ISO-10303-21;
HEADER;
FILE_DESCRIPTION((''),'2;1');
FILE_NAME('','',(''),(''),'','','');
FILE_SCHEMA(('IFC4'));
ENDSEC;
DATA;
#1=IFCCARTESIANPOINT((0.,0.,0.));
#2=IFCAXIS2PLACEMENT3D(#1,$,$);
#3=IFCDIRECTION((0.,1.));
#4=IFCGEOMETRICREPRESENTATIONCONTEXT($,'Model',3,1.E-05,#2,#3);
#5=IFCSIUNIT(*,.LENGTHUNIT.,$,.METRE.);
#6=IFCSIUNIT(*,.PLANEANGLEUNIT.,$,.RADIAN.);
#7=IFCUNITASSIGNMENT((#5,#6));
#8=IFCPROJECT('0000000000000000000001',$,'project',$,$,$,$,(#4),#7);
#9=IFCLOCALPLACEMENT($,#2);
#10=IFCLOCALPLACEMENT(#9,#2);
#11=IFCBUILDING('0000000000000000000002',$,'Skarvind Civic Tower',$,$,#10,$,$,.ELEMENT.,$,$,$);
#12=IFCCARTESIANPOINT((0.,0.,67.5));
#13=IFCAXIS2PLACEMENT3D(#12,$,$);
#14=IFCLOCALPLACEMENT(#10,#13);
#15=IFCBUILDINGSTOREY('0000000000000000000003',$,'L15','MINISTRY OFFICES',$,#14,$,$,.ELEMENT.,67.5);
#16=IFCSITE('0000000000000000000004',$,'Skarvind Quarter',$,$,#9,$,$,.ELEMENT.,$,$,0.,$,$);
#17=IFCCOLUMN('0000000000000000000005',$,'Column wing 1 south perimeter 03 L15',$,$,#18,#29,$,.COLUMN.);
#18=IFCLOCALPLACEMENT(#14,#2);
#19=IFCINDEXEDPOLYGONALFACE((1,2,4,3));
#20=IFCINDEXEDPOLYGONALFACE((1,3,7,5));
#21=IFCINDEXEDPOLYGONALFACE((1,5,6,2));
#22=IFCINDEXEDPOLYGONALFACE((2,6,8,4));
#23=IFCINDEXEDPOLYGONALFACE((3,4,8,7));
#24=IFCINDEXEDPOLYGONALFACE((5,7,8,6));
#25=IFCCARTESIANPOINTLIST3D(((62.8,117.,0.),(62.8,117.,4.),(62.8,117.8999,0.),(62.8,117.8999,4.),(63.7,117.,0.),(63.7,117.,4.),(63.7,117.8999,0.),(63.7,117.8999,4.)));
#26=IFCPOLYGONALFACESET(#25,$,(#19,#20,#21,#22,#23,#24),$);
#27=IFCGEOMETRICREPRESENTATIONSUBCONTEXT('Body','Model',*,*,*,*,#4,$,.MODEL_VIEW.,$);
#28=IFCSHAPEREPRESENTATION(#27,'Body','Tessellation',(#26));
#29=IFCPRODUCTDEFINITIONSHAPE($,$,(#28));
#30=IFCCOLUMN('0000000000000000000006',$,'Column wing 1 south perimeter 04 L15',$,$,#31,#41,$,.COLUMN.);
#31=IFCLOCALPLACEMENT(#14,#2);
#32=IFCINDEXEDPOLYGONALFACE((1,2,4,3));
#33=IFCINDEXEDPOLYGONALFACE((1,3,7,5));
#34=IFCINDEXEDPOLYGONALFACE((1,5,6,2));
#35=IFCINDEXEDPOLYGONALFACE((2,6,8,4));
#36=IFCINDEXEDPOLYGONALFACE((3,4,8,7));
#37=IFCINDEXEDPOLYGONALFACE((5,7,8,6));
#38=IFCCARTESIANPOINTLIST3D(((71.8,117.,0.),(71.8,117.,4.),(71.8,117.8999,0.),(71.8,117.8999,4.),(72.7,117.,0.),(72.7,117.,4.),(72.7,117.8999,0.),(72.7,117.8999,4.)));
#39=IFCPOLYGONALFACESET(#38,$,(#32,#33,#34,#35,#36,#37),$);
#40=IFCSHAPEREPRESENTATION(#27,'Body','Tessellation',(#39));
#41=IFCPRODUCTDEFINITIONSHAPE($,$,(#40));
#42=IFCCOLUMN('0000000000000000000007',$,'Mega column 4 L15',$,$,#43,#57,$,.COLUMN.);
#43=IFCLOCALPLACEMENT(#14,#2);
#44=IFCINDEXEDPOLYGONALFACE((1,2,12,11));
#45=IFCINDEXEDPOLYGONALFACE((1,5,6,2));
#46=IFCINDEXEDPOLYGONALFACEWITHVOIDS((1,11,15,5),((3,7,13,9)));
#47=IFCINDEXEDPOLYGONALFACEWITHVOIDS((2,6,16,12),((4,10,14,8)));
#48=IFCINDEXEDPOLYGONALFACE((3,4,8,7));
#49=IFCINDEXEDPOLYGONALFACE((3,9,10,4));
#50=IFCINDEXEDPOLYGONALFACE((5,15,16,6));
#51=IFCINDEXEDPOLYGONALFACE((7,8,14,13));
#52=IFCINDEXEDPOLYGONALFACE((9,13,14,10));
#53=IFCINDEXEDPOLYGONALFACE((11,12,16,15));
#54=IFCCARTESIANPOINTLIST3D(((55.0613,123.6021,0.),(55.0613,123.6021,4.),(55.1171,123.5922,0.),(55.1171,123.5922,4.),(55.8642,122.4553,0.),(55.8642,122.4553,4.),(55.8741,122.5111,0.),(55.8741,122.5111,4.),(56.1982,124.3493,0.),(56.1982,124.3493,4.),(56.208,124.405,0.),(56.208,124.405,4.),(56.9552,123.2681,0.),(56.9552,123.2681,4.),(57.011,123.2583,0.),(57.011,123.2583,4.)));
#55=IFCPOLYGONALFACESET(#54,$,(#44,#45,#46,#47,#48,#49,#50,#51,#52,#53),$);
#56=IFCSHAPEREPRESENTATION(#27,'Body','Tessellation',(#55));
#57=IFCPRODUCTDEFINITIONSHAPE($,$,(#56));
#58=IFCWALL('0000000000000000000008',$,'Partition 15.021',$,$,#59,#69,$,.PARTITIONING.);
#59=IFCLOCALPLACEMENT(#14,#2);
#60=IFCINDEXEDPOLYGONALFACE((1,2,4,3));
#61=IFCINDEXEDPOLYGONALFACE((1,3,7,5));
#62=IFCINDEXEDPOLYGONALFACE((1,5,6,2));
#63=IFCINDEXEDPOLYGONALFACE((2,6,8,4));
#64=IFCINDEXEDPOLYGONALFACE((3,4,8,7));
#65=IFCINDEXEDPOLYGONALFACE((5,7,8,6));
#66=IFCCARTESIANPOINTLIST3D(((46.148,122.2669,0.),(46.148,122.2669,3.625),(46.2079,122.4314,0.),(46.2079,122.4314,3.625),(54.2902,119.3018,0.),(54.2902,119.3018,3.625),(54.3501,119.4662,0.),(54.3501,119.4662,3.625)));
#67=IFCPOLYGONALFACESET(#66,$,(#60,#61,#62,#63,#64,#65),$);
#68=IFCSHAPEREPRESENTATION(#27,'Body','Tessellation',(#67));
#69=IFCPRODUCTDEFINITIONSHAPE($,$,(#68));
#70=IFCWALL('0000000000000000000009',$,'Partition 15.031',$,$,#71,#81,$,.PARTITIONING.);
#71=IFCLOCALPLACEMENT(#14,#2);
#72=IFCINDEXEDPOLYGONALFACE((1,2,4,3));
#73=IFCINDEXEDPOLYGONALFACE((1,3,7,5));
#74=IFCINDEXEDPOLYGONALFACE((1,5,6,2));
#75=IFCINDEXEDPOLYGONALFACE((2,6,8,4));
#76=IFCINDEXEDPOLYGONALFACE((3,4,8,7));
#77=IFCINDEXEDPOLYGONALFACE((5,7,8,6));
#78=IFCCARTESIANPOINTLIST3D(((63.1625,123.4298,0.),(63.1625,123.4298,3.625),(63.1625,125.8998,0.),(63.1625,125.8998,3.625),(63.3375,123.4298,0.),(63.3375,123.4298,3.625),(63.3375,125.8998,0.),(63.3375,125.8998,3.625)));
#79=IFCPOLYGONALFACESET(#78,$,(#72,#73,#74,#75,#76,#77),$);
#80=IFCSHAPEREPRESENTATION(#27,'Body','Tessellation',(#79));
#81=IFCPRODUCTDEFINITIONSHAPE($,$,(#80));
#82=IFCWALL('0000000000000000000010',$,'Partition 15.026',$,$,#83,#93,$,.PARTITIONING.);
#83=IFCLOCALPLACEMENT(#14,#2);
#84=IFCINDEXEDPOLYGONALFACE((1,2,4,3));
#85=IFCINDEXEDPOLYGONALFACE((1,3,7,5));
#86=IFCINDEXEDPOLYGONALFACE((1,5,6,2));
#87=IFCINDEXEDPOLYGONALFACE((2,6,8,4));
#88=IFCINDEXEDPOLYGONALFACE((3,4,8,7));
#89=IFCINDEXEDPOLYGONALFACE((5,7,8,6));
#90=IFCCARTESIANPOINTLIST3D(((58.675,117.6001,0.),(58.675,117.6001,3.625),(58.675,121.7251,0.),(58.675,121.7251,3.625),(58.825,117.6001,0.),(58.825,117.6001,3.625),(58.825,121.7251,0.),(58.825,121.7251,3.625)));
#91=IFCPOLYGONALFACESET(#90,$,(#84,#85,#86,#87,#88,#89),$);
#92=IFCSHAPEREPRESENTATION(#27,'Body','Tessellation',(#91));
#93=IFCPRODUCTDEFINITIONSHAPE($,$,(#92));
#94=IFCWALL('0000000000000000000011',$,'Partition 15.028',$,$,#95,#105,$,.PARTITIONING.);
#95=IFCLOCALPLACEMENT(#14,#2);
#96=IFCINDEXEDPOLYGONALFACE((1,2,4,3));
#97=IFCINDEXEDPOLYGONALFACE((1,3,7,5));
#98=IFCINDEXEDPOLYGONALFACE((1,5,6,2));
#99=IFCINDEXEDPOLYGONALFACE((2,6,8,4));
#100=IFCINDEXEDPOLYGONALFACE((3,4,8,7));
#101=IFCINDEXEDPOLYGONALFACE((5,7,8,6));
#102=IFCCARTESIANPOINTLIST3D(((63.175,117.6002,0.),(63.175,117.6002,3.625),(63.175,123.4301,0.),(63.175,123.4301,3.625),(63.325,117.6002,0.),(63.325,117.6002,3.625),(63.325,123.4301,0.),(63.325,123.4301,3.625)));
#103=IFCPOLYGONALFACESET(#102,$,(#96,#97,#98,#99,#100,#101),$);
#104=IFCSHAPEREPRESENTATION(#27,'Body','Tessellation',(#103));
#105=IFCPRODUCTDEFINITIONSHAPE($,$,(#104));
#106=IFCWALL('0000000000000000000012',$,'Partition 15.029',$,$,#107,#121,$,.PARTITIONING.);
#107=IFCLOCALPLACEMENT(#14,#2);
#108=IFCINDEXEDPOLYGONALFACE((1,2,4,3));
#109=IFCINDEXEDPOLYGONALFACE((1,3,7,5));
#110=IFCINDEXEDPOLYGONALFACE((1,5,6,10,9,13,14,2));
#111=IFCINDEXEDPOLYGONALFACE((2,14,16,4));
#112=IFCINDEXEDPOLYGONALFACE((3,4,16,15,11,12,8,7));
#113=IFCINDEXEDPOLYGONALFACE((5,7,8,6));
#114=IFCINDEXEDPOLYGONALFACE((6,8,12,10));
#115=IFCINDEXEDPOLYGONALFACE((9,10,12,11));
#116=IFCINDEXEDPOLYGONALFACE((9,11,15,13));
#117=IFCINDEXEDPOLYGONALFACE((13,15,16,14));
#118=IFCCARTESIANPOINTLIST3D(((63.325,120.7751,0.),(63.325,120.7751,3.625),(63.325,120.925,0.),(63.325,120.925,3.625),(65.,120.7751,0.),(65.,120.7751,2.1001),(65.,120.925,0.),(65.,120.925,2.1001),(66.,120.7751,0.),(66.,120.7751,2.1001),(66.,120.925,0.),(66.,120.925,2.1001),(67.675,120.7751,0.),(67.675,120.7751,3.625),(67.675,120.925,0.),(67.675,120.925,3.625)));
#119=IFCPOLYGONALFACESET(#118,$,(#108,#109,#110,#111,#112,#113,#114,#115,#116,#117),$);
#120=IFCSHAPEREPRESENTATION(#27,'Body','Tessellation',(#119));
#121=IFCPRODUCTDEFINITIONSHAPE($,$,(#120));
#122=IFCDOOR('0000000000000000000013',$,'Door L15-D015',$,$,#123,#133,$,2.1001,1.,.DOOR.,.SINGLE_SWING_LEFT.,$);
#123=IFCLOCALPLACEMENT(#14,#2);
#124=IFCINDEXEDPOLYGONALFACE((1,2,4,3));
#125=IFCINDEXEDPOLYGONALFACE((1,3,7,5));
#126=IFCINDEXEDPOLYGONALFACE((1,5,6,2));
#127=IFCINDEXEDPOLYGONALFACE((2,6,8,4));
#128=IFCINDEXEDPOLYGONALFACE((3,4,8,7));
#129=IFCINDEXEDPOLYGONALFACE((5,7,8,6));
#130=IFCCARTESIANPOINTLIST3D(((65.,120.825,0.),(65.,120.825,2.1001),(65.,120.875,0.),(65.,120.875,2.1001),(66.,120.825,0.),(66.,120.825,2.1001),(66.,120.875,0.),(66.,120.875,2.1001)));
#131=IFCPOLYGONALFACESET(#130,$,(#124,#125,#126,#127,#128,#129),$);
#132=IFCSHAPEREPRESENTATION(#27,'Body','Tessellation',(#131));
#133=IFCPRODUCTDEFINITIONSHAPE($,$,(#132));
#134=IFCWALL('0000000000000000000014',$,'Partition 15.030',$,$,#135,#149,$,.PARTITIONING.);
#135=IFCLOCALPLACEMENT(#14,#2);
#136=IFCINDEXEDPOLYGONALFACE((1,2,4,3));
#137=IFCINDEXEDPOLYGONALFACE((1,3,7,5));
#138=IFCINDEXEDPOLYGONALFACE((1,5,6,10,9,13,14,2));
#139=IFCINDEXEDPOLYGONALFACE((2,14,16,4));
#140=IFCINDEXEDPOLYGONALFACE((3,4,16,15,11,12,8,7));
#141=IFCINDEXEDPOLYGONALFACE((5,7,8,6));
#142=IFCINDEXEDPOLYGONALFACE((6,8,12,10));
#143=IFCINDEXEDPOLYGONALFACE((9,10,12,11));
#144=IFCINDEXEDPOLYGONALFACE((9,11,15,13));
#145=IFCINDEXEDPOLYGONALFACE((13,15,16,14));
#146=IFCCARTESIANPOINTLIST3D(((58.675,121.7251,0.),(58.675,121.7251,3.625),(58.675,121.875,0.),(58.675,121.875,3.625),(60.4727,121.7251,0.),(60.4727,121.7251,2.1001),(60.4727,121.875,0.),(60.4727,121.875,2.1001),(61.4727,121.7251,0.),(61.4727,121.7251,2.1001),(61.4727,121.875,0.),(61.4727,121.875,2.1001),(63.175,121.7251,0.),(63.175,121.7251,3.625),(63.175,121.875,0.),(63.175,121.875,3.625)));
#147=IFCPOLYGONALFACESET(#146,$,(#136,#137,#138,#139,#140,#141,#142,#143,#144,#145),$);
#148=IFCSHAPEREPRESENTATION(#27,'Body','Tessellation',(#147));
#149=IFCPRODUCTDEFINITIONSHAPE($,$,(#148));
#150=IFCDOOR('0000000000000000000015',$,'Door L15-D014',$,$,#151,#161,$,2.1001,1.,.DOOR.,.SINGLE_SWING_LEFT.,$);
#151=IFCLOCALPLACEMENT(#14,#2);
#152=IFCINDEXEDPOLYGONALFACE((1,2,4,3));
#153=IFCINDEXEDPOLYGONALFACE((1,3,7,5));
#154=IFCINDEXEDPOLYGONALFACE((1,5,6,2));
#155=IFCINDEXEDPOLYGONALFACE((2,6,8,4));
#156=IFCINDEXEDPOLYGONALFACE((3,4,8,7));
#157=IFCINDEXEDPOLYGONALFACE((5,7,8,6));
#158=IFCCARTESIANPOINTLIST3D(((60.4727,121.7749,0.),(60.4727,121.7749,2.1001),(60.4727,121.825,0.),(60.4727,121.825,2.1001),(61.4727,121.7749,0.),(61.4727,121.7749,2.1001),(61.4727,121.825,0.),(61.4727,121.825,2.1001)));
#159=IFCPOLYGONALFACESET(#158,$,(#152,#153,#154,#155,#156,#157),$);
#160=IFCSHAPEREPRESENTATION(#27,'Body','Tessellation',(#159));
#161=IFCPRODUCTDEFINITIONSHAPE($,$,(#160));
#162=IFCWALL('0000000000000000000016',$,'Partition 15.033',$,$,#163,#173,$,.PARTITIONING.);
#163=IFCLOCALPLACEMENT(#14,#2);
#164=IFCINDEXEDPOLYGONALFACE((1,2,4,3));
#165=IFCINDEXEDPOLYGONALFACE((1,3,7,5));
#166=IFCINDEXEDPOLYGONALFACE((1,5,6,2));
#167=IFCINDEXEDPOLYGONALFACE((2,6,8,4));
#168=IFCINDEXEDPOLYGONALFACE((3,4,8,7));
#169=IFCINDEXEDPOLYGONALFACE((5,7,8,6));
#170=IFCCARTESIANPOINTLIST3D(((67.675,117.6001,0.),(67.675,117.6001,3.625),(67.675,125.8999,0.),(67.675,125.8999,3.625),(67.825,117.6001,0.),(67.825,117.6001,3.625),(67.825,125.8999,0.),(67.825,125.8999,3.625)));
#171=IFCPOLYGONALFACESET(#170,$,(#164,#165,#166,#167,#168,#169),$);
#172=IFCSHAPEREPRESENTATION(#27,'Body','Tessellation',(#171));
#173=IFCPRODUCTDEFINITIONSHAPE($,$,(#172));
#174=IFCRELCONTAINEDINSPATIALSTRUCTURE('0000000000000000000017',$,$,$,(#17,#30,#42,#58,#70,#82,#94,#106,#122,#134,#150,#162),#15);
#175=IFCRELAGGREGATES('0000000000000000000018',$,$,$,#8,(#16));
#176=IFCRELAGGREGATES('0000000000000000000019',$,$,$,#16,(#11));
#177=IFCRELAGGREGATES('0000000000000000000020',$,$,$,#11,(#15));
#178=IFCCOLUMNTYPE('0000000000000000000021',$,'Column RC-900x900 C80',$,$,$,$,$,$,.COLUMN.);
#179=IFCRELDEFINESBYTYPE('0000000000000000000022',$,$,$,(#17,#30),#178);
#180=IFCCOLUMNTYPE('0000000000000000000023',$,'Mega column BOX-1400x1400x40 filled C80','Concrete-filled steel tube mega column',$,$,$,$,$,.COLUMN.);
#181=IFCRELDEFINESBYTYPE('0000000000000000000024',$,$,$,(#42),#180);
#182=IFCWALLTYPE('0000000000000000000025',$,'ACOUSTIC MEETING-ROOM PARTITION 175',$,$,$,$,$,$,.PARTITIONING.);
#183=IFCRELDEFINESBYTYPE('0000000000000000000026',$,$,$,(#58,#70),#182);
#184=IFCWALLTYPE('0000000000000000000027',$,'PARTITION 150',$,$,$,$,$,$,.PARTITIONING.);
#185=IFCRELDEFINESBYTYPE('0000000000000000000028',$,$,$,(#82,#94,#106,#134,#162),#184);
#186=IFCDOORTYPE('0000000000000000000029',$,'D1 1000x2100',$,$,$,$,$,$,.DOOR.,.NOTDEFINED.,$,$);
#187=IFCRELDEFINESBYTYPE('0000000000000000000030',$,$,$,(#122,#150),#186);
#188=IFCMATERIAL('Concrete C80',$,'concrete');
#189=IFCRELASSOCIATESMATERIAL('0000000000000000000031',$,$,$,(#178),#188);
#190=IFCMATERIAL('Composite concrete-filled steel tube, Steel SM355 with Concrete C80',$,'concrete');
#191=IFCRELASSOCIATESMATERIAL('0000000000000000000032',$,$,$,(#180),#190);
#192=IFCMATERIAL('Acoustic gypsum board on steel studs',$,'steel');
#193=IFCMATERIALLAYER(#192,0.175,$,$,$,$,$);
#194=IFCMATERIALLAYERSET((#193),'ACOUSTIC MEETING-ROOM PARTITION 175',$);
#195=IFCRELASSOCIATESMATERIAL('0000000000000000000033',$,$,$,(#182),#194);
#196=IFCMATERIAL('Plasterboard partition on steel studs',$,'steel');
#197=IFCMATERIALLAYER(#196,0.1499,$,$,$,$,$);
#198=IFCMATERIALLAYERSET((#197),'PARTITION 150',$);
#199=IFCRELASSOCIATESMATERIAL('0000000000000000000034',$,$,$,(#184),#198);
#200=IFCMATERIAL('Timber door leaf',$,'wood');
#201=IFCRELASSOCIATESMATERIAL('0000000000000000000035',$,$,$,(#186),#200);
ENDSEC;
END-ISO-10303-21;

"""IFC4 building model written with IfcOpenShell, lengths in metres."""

from ifc_helpers import new_model, si_unit, direction, frame, frame_2d, origin, origin_2d, place, context, subcontext, project, spatial, rectangle, hollow_rectangle, extrude, material, layer, layer_set, material_profile, profile_set, type_object, element, fill, save


model = new_model("IFC4")

# Units and contexts
model_context = context("Model", 3, precision=1e-05, world=origin(), true_north=direction((0.0, 1.0)))
body_context = subcontext(model_context, "Body", "Model", "MODEL_VIEW")
ifc_project = project(units=[si_unit("LENGTHUNIT", "METRE"), si_unit("PLANEANGLEUNIT", "RADIAN")], contexts=[model_context])

# Site, building, storey
site_placement = place(None, origin())
site = spatial("IfcSite", under=ifc_project, at=site_placement, Name="Skarvind Quarter", CompositionType="ELEMENT", RefElevation=0.0)
building_placement = place(site_placement, origin())
building = spatial("IfcBuilding", under=site, at=building_placement, Name="Skarvind Civic Tower", CompositionType="ELEMENT")
storey_placement = place(building_placement, frame((0.0, 0.0, 67.5)))
storey = spatial("IfcBuildingStorey", under=building, at=storey_placement, Name="L15", Description="MINISTRY OFFICES", CompositionType="ELEMENT", Elevation=67.5)

# Columns
ifc_material_1 = material(Name="Concrete C80", Category="concrete")
ifc_material_profile_1 = material_profile(ifc_material_1, rectangle(XDim=0.8999, YDim=0.8999, at=origin_2d()), Name="RC-900x900")
ifc_profile_set_1 = profile_set([ifc_material_profile_1], Name="Concrete C80")
column_type_1 = type_object("IfcColumnType", Name="Column RC-900x900 C80", PredefinedType="COLUMN", material=ifc_profile_set_1)
for number, where, z_axis, x_axis, name in (
    (1, (63.25, 117.45, 0.0), (0.0, 0.0, 1.0), (1.0, 0.0, 0.0), "Column wing 1 south perimeter 03 L15"),
    (2, (72.25, 117.45, 0.0), (0.0, 0.0, 1.0), (1.0, 0.0, 0.0), "Column wing 1 south perimeter 04 L15"),
):
    element("IfcColumn", number, at=place(storey_placement, frame(where, z_axis=z_axis, x_axis=x_axis)), inside=storey, type_object=column_type_1, Name=name, PredefinedType="COLUMN", context=body_context, shape_type="SweptSolid", body=[
        extrude(rectangle(XDim=0.8999, YDim=0.8999, at=origin_2d()), origin(), (0.0, 0.0, 1.0), 4.0),
    ])
ifc_material_2 = material(Name="Composite concrete-filled steel tube, Steel SM355 with Concrete C80", Category="concrete")
ifc_material_profile_2 = material_profile(ifc_material_2, hollow_rectangle(XDim=1.3999, YDim=1.3999, WallThickness=0.04, at=origin_2d()), Name="BOX-1400x1400x40")
ifc_profile_set_2 = profile_set([ifc_material_profile_2], Name="Composite concrete-filled steel tube, Steel SM355 with Concrete C80")
column_type_2 = type_object("IfcColumnType", Name="Mega column BOX-1400x1400x40 filled C80", Description="Concrete-filled steel tube mega column", PredefinedType="COLUMN", material=ifc_profile_set_2)
column_placement = place(storey_placement, frame((56.0361, 123.4302, 0.0), z_axis=(0.0, 0.0, 1.0), x_axis=(0.573576, -0.819152, 0.0)))
element("IfcColumn", 3, at=column_placement, inside=storey, type_object=column_type_2, Name="Mega column 4 L15", PredefinedType="COLUMN", context=body_context, shape_type="SweptSolid", body=[
    extrude(hollow_rectangle(XDim=1.3999, YDim=1.3999, WallThickness=0.04, at=origin_2d()), origin(), (0.0, 0.0, 1.0), 4.0),
])

# Walls
ifc_material_3 = material(Name="Acoustic gypsum board on steel studs", Category="steel")
ifc_layer_1 = layer(ifc_material_3, 0.175)
ifc_layer_set_1 = layer_set([ifc_layer_1], Name="ACOUSTIC MEETING-ROOM PARTITION 175")
wall_type_1 = type_object("IfcWallType", Name="ACOUSTIC MEETING-ROOM PARTITION 175", PredefinedType="PARTITIONING", material=ifc_layer_set_1)
wall_1_placement = place(storey_placement, frame((54.3201, 119.384, 0.0), z_axis=(0.0, 0.0, 1.0), x_axis=(-0.939633, 0.342184, 0.0)))
element("IfcWall", 4, at=wall_1_placement, inside=storey, type_object=wall_type_1, Name="Partition 15.021", PredefinedType="PARTITIONING", context=body_context, shape_type="SweptSolid", body=[
    extrude(rectangle(XDim=8.6653, YDim=0.175, at=frame_2d((4.3325, 0.0))), origin(), (0.0, 0.0, 1.0), 3.625),
])
wall_2_placement = place(storey_placement, frame((63.25, 123.4299, 0.0), z_axis=(0.0, 0.0, 1.0), x_axis=(0.0, 1.0, 0.0)))
element("IfcWall", 5, at=wall_2_placement, inside=storey, type_object=wall_type_1, Name="Partition 15.031", PredefinedType="PARTITIONING", context=body_context, shape_type="SweptSolid", body=[
    extrude(rectangle(XDim=2.47, YDim=0.175, at=frame_2d((1.2349, 0.0))), origin(), (0.0, 0.0, 1.0), 3.625),
])
ifc_material_4 = material(Name="Plasterboard partition on steel studs", Category="steel")
ifc_layer_2 = layer(ifc_material_4, 0.1499)
ifc_layer_set_2 = layer_set([ifc_layer_2], Name="PARTITION 150")
wall_type_2 = type_object("IfcWallType", Name="PARTITION 150", PredefinedType="PARTITIONING", material=ifc_layer_set_2)
wall_3_placement = place(storey_placement, frame((58.75, 117.6001, 0.0), z_axis=(0.0, 0.0, 1.0), x_axis=(0.0, 1.0, 0.0)))
element("IfcWall", 6, at=wall_3_placement, inside=storey, type_object=wall_type_2, Name="Partition 15.026", PredefinedType="PARTITIONING", context=body_context, shape_type="SweptSolid", body=[
    extrude(rectangle(XDim=4.125, YDim=0.1499, at=frame_2d((2.0625, 0.0))), origin(), (0.0, 0.0, 1.0), 3.625),
])
wall_4_placement = place(storey_placement, frame((63.25, 117.6001, 0.0), z_axis=(0.0, 0.0, 1.0), x_axis=(0.0, 1.0, 0.0)))
element("IfcWall", 7, at=wall_4_placement, inside=storey, type_object=wall_type_2, Name="Partition 15.028", PredefinedType="PARTITIONING", context=body_context, shape_type="SweptSolid", body=[
    extrude(rectangle(XDim=5.8298, YDim=0.1499, at=frame_2d((2.915, 0.0))), origin(), (0.0, 0.0, 1.0), 3.625),
])

# Walls, openings, doors
wall_5_placement = place(storey_placement, frame((63.325, 120.8501, 0.0), z_axis=(0.0, 0.0, 1.0), x_axis=(1.0, 0.0, 0.0)))
wall_5 = element("IfcWall", 8, at=wall_5_placement, inside=storey, type_object=wall_type_2, Name="Partition 15.029", PredefinedType="PARTITIONING", context=body_context, shape_type="SweptSolid", body=[
    extrude(rectangle(XDim=4.3501, YDim=0.1499, at=frame_2d((2.175, 0.0))), origin(), (0.0, 0.0, 1.0), 3.625),
])
opening_1_placement = place(wall_5_placement, frame((1.675, 0.0, 0.0)))
opening_1 = element("IfcOpeningElement", 9, at=opening_1_placement, cuts=wall_5, PredefinedType="OPENING", context=body_context, shape_type="SweptSolid", body=[
    extrude(rectangle(XDim=1.0, YDim=2.1001, at=frame_2d((0.5, 1.05))), frame((0.0, 0.085, 0.0), z_axis=(0.0, -1.0, 0.0), x_axis=(1.0, 0.0, 0.0)), (0.0, 0.0, 1.0), 0.1699),
])
ifc_material_5 = material(Name="Timber door leaf", Category="wood")
door_type = type_object("IfcDoorType", Name="D1 1000x2100", OperationType="NOTDEFINED", PredefinedType="DOOR", material=ifc_material_5)
door_1_placement = place(opening_1_placement, origin())
door_1 = element("IfcDoor", 10, at=door_1_placement, inside=storey, type_object=door_type, Name="Door L15-D015", OperationType="SINGLE_SWING_LEFT", OverallHeight=2.1001, OverallWidth=1.0, PredefinedType="DOOR", context=body_context, shape_type="SweptSolid", body=[
    extrude(rectangle(XDim=1.0, YDim=2.1001, at=frame_2d((0.5, 1.05))), frame((0.0, 0.0249, 0.0), z_axis=(0.0, -1.0, 0.0), x_axis=(1.0, 0.0, 0.0)), (0.0, 0.0, 1.0), 0.05),
])
fill(opening_1, door_1)
wall_6_placement = place(storey_placement, frame((58.675, 121.8, 0.0), z_axis=(0.0, 0.0, 1.0), x_axis=(1.0, 0.0, 0.0)))
wall_6 = element("IfcWall", 11, at=wall_6_placement, inside=storey, type_object=wall_type_2, Name="Partition 15.030", PredefinedType="PARTITIONING", context=body_context, shape_type="SweptSolid", body=[
    extrude(rectangle(XDim=4.5, YDim=0.1499, at=frame_2d((2.25, 0.0))), origin(), (0.0, 0.0, 1.0), 3.625),
])
opening_2_placement = place(wall_6_placement, frame((1.7976, 0.0, 0.0)))
opening_2 = element("IfcOpeningElement", 12, at=opening_2_placement, cuts=wall_6, PredefinedType="OPENING", context=body_context, shape_type="SweptSolid", body=[
    extrude(rectangle(XDim=1.0, YDim=2.1001, at=frame_2d((0.5, 1.05))), frame((0.0, 0.085, 0.0), z_axis=(0.0, -1.0, 0.0), x_axis=(1.0, 0.0, 0.0)), (0.0, 0.0, 1.0), 0.1699),
])
door_2_placement = place(opening_2_placement, origin())
door_2 = element("IfcDoor", 13, at=door_2_placement, inside=storey, type_object=door_type, Name="Door L15-D014", OperationType="SINGLE_SWING_LEFT", OverallHeight=2.1001, OverallWidth=1.0, PredefinedType="DOOR", context=body_context, shape_type="SweptSolid", body=[
    extrude(rectangle(XDim=1.0, YDim=2.1001, at=frame_2d((0.5, 1.05))), frame((0.0, 0.0249, 0.0), z_axis=(0.0, -1.0, 0.0), x_axis=(1.0, 0.0, 0.0)), (0.0, 0.0, 1.0), 0.05),
])
fill(opening_2, door_2)

# Wall
wall_7_placement = place(storey_placement, frame((67.75, 117.6001, 0.0), z_axis=(0.0, 0.0, 1.0), x_axis=(0.0, 1.0, 0.0)))
element("IfcWall", 14, at=wall_7_placement, inside=storey, type_object=wall_type_2, Name="Partition 15.033", PredefinedType="PARTITIONING", context=body_context, shape_type="SweptSolid", body=[
    extrude(rectangle(XDim=8.2998, YDim=0.1499, at=frame_2d((4.1499, 0.0))), origin(), (0.0, 0.0, 1.0), 3.625),
])

save(model, "model.ifc")
